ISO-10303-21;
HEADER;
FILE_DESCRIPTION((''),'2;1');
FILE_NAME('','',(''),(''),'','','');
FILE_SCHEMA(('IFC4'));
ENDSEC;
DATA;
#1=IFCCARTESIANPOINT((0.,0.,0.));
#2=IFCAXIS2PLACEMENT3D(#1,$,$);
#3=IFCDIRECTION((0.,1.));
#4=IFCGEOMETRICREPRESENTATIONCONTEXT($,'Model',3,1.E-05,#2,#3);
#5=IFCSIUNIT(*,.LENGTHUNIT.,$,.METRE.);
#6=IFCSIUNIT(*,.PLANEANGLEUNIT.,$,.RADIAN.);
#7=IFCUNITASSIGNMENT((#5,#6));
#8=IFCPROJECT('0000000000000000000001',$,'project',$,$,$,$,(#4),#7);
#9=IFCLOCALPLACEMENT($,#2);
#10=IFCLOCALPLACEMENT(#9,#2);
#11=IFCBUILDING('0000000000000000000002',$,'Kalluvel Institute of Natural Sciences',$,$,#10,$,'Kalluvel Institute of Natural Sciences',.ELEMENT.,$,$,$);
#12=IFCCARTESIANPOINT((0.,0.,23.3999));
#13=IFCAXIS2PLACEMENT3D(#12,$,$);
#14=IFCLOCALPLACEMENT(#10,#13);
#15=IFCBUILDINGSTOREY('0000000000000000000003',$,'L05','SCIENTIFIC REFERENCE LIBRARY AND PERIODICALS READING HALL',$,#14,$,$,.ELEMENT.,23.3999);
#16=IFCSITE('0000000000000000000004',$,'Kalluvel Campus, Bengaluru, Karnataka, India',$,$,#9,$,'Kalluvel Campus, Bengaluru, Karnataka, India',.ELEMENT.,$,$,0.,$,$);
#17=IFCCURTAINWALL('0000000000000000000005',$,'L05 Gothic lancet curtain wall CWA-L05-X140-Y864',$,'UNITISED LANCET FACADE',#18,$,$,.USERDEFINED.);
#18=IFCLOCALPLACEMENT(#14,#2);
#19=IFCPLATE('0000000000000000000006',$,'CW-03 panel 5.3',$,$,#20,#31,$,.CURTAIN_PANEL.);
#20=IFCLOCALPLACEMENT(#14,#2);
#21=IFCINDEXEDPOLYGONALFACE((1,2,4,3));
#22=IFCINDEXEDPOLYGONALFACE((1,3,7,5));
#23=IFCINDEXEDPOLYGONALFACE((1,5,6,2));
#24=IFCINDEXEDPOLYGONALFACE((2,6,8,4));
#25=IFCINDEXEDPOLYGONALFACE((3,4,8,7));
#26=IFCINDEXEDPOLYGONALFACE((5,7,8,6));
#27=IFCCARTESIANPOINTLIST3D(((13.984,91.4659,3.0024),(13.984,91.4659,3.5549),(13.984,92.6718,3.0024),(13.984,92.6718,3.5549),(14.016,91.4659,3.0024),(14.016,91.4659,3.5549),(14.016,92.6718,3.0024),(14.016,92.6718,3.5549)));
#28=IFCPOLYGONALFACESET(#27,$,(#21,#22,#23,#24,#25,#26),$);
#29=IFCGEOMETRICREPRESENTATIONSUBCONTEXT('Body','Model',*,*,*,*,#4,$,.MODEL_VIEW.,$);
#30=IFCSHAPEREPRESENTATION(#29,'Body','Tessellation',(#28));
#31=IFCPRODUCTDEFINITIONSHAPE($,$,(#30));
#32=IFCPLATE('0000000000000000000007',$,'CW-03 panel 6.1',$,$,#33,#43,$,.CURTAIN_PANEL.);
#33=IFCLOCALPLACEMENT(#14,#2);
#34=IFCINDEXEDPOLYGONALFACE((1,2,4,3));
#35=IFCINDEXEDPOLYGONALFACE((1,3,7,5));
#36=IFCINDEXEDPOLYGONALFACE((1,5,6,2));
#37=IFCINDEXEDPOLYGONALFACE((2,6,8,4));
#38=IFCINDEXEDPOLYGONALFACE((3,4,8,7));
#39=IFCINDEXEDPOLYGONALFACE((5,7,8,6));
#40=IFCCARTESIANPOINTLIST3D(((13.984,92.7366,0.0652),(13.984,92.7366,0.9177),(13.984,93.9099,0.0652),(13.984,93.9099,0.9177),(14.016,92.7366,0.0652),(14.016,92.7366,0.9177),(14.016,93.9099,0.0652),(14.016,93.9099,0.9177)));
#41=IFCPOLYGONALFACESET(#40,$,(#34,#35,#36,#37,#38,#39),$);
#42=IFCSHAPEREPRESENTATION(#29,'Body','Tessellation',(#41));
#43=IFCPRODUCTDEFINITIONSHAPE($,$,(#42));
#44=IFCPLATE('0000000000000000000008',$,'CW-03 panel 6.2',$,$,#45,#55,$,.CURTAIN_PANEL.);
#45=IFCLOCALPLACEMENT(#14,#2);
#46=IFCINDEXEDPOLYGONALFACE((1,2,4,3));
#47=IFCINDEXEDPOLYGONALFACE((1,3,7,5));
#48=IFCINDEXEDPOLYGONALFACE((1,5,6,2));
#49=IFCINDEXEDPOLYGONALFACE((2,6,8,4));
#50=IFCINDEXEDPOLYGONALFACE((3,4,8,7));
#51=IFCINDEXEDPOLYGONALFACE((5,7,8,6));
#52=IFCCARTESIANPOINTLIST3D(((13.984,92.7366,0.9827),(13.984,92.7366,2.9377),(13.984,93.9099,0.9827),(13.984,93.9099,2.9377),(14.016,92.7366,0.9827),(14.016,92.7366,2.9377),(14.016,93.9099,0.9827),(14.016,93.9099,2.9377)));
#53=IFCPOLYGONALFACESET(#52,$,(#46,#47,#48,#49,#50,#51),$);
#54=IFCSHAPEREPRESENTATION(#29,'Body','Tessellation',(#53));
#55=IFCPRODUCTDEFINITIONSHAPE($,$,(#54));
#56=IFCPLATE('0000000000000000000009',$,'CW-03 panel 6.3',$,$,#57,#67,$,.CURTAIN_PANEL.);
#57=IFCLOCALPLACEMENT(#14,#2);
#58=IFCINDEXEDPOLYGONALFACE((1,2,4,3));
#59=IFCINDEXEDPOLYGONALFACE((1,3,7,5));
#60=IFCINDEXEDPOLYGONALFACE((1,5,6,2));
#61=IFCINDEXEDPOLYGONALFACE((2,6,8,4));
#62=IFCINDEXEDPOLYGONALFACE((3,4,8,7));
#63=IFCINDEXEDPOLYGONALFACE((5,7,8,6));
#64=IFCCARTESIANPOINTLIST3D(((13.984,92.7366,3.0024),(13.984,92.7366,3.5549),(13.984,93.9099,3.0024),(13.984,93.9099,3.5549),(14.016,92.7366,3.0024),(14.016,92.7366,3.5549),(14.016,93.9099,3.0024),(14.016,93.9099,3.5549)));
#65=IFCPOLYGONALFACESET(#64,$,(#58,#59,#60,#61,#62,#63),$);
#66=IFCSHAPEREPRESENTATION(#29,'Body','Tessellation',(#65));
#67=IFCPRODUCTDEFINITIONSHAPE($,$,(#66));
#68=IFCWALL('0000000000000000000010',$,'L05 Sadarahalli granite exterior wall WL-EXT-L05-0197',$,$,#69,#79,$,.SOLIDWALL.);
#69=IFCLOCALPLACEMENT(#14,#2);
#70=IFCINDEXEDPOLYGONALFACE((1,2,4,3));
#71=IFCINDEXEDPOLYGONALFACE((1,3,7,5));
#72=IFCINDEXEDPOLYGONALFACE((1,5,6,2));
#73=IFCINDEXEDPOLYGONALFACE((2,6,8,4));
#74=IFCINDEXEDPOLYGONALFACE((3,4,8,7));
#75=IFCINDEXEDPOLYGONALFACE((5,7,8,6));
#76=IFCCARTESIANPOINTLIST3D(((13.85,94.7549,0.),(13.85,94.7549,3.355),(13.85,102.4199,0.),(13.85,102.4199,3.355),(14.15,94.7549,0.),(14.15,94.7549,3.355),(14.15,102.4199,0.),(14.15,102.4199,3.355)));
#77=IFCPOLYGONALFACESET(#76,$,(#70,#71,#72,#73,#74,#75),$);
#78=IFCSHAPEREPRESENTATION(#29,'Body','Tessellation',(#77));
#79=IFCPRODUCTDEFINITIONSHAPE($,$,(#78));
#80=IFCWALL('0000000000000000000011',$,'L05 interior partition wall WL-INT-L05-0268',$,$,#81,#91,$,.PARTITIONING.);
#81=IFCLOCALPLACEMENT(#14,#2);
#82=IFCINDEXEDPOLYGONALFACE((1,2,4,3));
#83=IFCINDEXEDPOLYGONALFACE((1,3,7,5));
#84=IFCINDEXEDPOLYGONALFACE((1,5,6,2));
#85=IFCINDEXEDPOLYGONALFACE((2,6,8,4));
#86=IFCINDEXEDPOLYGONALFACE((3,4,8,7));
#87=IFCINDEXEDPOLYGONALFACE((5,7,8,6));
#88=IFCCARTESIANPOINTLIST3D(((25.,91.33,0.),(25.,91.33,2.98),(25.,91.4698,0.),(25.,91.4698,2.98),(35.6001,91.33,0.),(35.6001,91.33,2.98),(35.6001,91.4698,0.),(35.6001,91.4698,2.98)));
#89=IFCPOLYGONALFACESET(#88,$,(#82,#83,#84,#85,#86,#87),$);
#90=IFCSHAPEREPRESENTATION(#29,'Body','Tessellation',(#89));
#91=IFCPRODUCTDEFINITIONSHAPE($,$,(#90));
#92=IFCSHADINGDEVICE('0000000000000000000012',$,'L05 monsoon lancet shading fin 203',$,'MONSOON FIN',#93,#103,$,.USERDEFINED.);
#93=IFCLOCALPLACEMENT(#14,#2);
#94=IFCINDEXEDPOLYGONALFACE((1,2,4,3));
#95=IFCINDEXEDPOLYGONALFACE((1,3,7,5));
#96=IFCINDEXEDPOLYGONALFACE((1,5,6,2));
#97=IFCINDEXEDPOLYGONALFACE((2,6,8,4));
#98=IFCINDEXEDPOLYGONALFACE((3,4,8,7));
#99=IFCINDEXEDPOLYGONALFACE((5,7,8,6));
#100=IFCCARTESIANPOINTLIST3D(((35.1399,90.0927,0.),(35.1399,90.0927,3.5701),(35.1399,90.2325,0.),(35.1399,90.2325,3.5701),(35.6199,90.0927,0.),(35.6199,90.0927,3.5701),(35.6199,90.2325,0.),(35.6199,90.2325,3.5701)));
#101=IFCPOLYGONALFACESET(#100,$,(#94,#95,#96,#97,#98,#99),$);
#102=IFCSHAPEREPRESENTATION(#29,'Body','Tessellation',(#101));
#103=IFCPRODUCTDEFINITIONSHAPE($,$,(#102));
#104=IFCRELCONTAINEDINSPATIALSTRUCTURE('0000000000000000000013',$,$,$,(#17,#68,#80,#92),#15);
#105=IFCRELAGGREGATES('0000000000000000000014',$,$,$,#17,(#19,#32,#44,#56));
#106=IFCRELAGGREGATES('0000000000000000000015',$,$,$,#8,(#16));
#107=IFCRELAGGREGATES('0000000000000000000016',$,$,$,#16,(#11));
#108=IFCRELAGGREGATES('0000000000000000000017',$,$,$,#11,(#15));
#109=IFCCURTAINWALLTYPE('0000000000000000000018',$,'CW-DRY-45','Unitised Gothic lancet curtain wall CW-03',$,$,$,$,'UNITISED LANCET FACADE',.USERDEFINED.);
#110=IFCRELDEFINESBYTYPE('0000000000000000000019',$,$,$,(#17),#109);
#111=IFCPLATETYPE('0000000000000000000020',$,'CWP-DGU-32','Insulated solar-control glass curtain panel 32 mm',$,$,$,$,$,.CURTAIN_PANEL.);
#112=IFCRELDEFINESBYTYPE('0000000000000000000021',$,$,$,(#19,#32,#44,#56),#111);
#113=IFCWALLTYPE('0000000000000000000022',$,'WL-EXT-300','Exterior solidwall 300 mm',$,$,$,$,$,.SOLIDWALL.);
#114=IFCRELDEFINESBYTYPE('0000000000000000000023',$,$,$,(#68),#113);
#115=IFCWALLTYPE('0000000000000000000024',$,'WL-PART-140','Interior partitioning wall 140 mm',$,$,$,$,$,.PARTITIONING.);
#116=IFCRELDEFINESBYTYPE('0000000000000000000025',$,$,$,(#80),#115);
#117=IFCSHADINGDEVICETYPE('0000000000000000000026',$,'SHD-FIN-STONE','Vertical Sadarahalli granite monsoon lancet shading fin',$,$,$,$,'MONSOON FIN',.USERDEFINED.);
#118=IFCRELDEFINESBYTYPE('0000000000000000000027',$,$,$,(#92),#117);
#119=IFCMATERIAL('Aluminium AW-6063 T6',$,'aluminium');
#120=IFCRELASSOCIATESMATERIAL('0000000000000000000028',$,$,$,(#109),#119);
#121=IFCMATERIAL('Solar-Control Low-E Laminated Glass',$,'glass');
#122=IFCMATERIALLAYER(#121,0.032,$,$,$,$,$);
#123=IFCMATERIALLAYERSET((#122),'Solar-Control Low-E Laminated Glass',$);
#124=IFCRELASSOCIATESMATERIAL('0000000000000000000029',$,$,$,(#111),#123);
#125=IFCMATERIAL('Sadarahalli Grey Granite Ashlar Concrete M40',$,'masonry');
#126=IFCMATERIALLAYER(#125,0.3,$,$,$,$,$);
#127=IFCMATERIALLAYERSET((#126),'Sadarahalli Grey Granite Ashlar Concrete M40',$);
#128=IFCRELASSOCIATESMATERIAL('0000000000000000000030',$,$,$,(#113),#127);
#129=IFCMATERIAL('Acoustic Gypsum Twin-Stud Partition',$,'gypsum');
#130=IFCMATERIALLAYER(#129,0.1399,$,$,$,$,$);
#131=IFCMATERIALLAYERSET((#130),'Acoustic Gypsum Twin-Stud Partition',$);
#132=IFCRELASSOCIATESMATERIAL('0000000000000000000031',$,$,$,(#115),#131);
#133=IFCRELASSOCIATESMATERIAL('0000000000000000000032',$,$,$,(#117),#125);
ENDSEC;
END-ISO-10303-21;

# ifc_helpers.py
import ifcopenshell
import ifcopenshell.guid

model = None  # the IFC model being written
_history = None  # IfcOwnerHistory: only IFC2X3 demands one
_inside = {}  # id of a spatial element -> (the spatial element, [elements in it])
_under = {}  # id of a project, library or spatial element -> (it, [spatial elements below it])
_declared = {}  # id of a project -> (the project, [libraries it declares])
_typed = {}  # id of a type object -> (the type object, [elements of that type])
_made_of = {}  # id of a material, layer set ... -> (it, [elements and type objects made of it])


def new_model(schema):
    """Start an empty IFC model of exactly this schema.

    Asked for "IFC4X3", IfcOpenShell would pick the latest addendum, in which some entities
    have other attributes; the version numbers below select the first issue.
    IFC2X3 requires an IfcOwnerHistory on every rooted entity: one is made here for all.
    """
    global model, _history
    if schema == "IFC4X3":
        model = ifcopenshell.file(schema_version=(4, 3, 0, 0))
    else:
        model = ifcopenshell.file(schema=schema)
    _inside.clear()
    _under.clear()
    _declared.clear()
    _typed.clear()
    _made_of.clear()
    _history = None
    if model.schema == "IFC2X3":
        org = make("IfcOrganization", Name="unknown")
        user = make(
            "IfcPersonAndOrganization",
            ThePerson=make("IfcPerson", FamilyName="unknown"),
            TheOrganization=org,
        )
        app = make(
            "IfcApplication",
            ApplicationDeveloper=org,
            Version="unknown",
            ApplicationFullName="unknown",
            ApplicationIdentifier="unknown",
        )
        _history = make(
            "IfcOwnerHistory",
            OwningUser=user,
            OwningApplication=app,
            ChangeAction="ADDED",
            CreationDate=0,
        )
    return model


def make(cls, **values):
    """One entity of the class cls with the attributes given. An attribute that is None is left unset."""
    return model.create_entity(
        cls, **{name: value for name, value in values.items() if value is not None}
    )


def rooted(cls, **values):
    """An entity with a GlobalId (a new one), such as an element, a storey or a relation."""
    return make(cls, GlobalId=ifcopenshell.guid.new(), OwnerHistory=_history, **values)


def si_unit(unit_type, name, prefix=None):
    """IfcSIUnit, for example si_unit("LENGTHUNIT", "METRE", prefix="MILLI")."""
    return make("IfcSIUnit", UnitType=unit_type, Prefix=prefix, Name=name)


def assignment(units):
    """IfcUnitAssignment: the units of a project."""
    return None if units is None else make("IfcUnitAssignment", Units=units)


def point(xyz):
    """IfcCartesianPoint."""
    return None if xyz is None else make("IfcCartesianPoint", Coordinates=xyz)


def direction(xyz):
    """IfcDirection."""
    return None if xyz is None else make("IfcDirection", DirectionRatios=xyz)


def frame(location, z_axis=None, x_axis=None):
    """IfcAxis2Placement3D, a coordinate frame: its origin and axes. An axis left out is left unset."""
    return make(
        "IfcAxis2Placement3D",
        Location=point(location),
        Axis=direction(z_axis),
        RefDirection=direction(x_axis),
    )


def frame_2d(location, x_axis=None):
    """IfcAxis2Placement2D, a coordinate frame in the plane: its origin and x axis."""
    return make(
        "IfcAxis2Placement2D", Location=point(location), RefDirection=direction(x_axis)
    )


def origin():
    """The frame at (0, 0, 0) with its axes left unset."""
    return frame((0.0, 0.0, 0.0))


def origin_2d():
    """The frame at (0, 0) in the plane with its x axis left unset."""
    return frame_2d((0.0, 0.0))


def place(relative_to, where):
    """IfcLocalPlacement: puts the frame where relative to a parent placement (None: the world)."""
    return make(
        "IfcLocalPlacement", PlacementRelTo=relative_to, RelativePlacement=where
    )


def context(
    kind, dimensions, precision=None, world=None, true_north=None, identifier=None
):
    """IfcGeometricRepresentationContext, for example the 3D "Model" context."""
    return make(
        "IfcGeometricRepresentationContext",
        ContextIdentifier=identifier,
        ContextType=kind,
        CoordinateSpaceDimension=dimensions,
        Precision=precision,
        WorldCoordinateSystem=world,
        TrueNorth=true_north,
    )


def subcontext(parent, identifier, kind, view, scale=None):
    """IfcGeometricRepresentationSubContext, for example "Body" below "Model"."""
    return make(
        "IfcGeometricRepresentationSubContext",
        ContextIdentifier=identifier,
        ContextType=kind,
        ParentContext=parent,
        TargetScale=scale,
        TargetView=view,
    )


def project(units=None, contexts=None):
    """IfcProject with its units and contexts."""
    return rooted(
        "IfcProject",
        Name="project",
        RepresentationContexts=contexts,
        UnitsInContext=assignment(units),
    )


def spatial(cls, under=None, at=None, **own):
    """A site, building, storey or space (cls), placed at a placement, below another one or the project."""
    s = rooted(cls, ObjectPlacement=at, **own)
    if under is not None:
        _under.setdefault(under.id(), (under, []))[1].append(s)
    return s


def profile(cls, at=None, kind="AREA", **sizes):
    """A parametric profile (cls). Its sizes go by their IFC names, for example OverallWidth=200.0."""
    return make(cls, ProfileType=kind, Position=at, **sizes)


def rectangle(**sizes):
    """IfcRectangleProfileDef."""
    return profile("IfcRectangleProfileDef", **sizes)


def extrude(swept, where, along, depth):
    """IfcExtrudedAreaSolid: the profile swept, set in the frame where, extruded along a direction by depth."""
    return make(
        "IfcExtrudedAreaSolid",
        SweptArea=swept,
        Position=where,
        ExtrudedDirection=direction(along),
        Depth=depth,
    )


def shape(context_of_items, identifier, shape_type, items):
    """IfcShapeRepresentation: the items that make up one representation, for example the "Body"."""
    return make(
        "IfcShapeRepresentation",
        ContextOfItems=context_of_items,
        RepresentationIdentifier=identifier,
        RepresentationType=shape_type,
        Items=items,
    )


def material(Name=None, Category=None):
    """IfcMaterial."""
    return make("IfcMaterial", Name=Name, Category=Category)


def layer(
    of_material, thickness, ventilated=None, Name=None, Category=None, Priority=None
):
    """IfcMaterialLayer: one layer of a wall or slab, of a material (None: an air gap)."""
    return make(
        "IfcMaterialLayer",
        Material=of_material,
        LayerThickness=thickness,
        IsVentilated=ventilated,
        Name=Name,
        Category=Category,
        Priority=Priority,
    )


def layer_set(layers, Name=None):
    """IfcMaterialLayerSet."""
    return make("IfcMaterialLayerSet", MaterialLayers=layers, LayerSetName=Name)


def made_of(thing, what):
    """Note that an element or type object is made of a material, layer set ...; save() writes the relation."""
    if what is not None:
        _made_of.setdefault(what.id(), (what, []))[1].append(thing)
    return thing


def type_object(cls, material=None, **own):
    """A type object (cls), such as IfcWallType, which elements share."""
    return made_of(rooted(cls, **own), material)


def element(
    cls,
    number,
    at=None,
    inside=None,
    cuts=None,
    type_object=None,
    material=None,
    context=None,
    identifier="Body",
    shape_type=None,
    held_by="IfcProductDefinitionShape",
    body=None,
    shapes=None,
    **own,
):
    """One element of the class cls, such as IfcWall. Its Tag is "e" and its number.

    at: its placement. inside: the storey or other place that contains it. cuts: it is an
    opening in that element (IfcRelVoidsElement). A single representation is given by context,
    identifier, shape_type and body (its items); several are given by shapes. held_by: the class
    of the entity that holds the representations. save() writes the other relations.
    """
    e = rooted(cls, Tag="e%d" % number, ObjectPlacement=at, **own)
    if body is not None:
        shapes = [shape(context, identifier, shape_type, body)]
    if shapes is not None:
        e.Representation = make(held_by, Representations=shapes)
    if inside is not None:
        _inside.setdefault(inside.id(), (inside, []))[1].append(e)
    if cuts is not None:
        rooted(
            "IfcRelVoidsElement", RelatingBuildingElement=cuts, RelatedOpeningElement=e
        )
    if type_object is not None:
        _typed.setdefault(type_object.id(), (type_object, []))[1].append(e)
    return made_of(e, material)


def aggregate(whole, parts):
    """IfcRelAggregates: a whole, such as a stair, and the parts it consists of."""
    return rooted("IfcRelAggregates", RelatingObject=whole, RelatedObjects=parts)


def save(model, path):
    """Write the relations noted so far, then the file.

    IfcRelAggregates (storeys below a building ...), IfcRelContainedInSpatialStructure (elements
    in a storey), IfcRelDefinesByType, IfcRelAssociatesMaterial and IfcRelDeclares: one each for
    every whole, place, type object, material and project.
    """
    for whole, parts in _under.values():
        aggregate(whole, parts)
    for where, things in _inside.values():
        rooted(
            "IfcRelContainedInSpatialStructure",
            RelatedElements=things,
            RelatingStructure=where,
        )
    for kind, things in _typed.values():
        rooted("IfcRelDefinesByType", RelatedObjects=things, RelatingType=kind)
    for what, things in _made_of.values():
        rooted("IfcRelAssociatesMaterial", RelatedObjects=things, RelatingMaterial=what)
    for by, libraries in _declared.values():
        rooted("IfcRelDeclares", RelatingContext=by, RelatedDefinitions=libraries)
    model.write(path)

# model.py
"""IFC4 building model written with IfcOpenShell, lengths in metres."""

from ifc_helpers import new_model, si_unit, direction, frame, frame_2d, origin, origin_2d, place, context, subcontext, project, spatial, rectangle, extrude, material, layer, layer_set, type_object, element, aggregate, save


model = new_model("IFC4")

# Units and contexts
model_context = context("Model", 3, precision=1e-05, world=origin(), true_north=direction((0.0, 1.0)))
body_context = subcontext(model_context, "Body", "Model", "MODEL_VIEW")
ifc_project = project(units=[si_unit("LENGTHUNIT", "METRE"), si_unit("PLANEANGLEUNIT", "RADIAN")], contexts=[model_context])

# Site, building, storey
site_placement = place(None, origin())
site = spatial("IfcSite", under=ifc_project, at=site_placement, Name="Kalluvel Campus, Bengaluru, Karnataka, India", LongName="Kalluvel Campus, Bengaluru, Karnataka, India", CompositionType="ELEMENT", RefElevation=0.0)
building_placement = place(site_placement, origin())
building = spatial("IfcBuilding", under=site, at=building_placement, Name="Kalluvel Institute of Natural Sciences", LongName="Kalluvel Institute of Natural Sciences", CompositionType="ELEMENT")
storey_placement = place(building_placement, frame((0.0, 0.0, 23.3999)))
storey = spatial("IfcBuildingStorey", under=building, at=storey_placement, Name="L05", Description="SCIENTIFIC REFERENCE LIBRARY AND PERIODICALS READING HALL", CompositionType="ELEMENT", Elevation=23.3999)

# Curtain wall
ifc_material_1 = material(Name="Aluminium AW-6063 T6", Category="aluminium")
curtain_wall_type = type_object("IfcCurtainWallType", Name="CW-DRY-45", Description="Unitised Gothic lancet curtain wall CW-03", ElementType="UNITISED LANCET FACADE", PredefinedType="USERDEFINED", material=ifc_material_1)
curtain_wall_placement = place(storey_placement, origin())
curtain_wall = element("IfcCurtainWall", 1, at=curtain_wall_placement, inside=storey, type_object=curtain_wall_type, Name="L05 Gothic lancet curtain wall CWA-L05-X140-Y864", ObjectType="UNITISED LANCET FACADE", PredefinedType="USERDEFINED")

# Plates
ifc_material_2 = material(Name="Solar-Control Low-E Laminated Glass", Category="glass")
ifc_layer_1 = layer(ifc_material_2, 0.032)
ifc_layer_set_1 = layer_set([ifc_layer_1], Name="Solar-Control Low-E Laminated Glass")
plate_type = type_object("IfcPlateType", Name="CWP-DGU-32", Description="Insulated solar-control glass curtain panel 32 mm", PredefinedType="CURTAIN_PANEL", material=ifc_layer_set_1)
plate_1_placement = place(storey_placement, frame((14.0, 92.0688, 3.0024), z_axis=(0.0, 0.0, 1.0), x_axis=(0.0, 1.0, 0.0)))
plate_1 = element("IfcPlate", 2, at=plate_1_placement, type_object=plate_type, Name="CW-03 panel 5.3", PredefinedType="CURTAIN_PANEL", context=body_context, shape_type="SweptSolid", body=[
    extrude(rectangle(XDim=1.2058, YDim=0.032, at=origin_2d()), origin(), (0.0, 0.0, 1.0), 0.5525),
])
plate_2_placement = place(storey_placement, frame((14.0, 93.3232, 0.0652), z_axis=(0.0, 0.0, 1.0), x_axis=(0.0, 1.0, 0.0)))
plate_2 = element("IfcPlate", 3, at=plate_2_placement, type_object=plate_type, Name="CW-03 panel 6.1", PredefinedType="CURTAIN_PANEL", context=body_context, shape_type="SweptSolid", body=[
    extrude(rectangle(XDim=1.1733, YDim=0.032, at=origin_2d()), origin(), (0.0, 0.0, 1.0), 0.8525),
])
plate_3_placement = place(storey_placement, frame((14.0, 93.3232, 0.9827), z_axis=(0.0, 0.0, 1.0), x_axis=(0.0, 1.0, 0.0)))
plate_3 = element("IfcPlate", 4, at=plate_3_placement, type_object=plate_type, Name="CW-03 panel 6.2", PredefinedType="CURTAIN_PANEL", context=body_context, shape_type="SweptSolid", body=[
    extrude(rectangle(XDim=1.1733, YDim=0.032, at=origin_2d()), origin(), (0.0, 0.0, 1.0), 1.9551),
])
plate_4_placement = place(storey_placement, frame((14.0, 93.3232, 3.0024), z_axis=(0.0, 0.0, 1.0), x_axis=(0.0, 1.0, 0.0)))
plate_4 = element("IfcPlate", 5, at=plate_4_placement, type_object=plate_type, Name="CW-03 panel 6.3", PredefinedType="CURTAIN_PANEL", context=body_context, shape_type="SweptSolid", body=[
    extrude(rectangle(XDim=1.1733, YDim=0.032, at=origin_2d()), origin(), (0.0, 0.0, 1.0), 0.5525),
])
aggregate(curtain_wall, [plate_1, plate_2, plate_3, plate_4])

# Walls
ifc_material_3 = material(Name="Sadarahalli Grey Granite Ashlar Concrete M40", Category="masonry")
ifc_layer_2 = layer(ifc_material_3, 0.3)
ifc_layer_set_2 = layer_set([ifc_layer_2], Name="Sadarahalli Grey Granite Ashlar Concrete M40")
wall_type_1 = type_object("IfcWallType", Name="WL-EXT-300", Description="Exterior solidwall 300 mm", PredefinedType="SOLIDWALL", material=ifc_layer_set_2)
wall_1_placement = place(storey_placement, frame((14.0, 94.7549, 0.0), z_axis=(0.0, 0.0, 1.0), x_axis=(0.0, 1.0, 0.0)))
element("IfcWall", 6, at=wall_1_placement, inside=storey, type_object=wall_type_1, Name="L05 Sadarahalli granite exterior wall WL-EXT-L05-0197", PredefinedType="SOLIDWALL", context=body_context, shape_type="SweptSolid", body=[
    extrude(rectangle(XDim=7.665, YDim=0.3, at=frame_2d((3.8325, 0.0))), origin(), (0.0, 0.0, 1.0), 3.355),
])
ifc_material_4 = material(Name="Acoustic Gypsum Twin-Stud Partition", Category="gypsum")
ifc_layer_3 = layer(ifc_material_4, 0.1399)
ifc_layer_set_3 = layer_set([ifc_layer_3], Name="Acoustic Gypsum Twin-Stud Partition")
wall_type_2 = type_object("IfcWallType", Name="WL-PART-140", Description="Interior partitioning wall 140 mm", PredefinedType="PARTITIONING", material=ifc_layer_set_3)
wall_2_placement = place(storey_placement, frame((25.0, 91.3999, 0.0), z_axis=(0.0, 0.0, 1.0), x_axis=(1.0, 0.0, 0.0)))
element("IfcWall", 7, at=wall_2_placement, inside=storey, type_object=wall_type_2, Name="L05 interior partition wall WL-INT-L05-0268", PredefinedType="PARTITIONING", context=body_context, shape_type="SweptSolid", body=[
    extrude(rectangle(XDim=10.6001, YDim=0.1399, at=frame_2d((5.3, 0.0))), origin(), (0.0, 0.0, 1.0), 2.98),
])

# Shading device
shading_device_type = type_object("IfcShadingDeviceType", Name="SHD-FIN-STONE", Description="Vertical Sadarahalli granite monsoon lancet shading fin", ElementType="MONSOON FIN", PredefinedType="USERDEFINED", material=ifc_material_3)
shading_device_placement = place(storey_placement, frame((35.3799, 90.1626, 0.0), z_axis=(0.0, 0.0, 1.0), x_axis=(0.0, 1.0, 0.0)))
element("IfcShadingDevice", 8, at=shading_device_placement, inside=storey, type_object=shading_device_type, Name="L05 monsoon lancet shading fin 203", ObjectType="MONSOON FIN", PredefinedType="USERDEFINED", context=body_context, shape_type="SweptSolid", body=[
    extrude(rectangle(XDim=0.1399, YDim=0.48, at=origin_2d()), origin(), (0.0, 0.0, 1.0), 3.5701),
])

save(model, "model.ifc")
